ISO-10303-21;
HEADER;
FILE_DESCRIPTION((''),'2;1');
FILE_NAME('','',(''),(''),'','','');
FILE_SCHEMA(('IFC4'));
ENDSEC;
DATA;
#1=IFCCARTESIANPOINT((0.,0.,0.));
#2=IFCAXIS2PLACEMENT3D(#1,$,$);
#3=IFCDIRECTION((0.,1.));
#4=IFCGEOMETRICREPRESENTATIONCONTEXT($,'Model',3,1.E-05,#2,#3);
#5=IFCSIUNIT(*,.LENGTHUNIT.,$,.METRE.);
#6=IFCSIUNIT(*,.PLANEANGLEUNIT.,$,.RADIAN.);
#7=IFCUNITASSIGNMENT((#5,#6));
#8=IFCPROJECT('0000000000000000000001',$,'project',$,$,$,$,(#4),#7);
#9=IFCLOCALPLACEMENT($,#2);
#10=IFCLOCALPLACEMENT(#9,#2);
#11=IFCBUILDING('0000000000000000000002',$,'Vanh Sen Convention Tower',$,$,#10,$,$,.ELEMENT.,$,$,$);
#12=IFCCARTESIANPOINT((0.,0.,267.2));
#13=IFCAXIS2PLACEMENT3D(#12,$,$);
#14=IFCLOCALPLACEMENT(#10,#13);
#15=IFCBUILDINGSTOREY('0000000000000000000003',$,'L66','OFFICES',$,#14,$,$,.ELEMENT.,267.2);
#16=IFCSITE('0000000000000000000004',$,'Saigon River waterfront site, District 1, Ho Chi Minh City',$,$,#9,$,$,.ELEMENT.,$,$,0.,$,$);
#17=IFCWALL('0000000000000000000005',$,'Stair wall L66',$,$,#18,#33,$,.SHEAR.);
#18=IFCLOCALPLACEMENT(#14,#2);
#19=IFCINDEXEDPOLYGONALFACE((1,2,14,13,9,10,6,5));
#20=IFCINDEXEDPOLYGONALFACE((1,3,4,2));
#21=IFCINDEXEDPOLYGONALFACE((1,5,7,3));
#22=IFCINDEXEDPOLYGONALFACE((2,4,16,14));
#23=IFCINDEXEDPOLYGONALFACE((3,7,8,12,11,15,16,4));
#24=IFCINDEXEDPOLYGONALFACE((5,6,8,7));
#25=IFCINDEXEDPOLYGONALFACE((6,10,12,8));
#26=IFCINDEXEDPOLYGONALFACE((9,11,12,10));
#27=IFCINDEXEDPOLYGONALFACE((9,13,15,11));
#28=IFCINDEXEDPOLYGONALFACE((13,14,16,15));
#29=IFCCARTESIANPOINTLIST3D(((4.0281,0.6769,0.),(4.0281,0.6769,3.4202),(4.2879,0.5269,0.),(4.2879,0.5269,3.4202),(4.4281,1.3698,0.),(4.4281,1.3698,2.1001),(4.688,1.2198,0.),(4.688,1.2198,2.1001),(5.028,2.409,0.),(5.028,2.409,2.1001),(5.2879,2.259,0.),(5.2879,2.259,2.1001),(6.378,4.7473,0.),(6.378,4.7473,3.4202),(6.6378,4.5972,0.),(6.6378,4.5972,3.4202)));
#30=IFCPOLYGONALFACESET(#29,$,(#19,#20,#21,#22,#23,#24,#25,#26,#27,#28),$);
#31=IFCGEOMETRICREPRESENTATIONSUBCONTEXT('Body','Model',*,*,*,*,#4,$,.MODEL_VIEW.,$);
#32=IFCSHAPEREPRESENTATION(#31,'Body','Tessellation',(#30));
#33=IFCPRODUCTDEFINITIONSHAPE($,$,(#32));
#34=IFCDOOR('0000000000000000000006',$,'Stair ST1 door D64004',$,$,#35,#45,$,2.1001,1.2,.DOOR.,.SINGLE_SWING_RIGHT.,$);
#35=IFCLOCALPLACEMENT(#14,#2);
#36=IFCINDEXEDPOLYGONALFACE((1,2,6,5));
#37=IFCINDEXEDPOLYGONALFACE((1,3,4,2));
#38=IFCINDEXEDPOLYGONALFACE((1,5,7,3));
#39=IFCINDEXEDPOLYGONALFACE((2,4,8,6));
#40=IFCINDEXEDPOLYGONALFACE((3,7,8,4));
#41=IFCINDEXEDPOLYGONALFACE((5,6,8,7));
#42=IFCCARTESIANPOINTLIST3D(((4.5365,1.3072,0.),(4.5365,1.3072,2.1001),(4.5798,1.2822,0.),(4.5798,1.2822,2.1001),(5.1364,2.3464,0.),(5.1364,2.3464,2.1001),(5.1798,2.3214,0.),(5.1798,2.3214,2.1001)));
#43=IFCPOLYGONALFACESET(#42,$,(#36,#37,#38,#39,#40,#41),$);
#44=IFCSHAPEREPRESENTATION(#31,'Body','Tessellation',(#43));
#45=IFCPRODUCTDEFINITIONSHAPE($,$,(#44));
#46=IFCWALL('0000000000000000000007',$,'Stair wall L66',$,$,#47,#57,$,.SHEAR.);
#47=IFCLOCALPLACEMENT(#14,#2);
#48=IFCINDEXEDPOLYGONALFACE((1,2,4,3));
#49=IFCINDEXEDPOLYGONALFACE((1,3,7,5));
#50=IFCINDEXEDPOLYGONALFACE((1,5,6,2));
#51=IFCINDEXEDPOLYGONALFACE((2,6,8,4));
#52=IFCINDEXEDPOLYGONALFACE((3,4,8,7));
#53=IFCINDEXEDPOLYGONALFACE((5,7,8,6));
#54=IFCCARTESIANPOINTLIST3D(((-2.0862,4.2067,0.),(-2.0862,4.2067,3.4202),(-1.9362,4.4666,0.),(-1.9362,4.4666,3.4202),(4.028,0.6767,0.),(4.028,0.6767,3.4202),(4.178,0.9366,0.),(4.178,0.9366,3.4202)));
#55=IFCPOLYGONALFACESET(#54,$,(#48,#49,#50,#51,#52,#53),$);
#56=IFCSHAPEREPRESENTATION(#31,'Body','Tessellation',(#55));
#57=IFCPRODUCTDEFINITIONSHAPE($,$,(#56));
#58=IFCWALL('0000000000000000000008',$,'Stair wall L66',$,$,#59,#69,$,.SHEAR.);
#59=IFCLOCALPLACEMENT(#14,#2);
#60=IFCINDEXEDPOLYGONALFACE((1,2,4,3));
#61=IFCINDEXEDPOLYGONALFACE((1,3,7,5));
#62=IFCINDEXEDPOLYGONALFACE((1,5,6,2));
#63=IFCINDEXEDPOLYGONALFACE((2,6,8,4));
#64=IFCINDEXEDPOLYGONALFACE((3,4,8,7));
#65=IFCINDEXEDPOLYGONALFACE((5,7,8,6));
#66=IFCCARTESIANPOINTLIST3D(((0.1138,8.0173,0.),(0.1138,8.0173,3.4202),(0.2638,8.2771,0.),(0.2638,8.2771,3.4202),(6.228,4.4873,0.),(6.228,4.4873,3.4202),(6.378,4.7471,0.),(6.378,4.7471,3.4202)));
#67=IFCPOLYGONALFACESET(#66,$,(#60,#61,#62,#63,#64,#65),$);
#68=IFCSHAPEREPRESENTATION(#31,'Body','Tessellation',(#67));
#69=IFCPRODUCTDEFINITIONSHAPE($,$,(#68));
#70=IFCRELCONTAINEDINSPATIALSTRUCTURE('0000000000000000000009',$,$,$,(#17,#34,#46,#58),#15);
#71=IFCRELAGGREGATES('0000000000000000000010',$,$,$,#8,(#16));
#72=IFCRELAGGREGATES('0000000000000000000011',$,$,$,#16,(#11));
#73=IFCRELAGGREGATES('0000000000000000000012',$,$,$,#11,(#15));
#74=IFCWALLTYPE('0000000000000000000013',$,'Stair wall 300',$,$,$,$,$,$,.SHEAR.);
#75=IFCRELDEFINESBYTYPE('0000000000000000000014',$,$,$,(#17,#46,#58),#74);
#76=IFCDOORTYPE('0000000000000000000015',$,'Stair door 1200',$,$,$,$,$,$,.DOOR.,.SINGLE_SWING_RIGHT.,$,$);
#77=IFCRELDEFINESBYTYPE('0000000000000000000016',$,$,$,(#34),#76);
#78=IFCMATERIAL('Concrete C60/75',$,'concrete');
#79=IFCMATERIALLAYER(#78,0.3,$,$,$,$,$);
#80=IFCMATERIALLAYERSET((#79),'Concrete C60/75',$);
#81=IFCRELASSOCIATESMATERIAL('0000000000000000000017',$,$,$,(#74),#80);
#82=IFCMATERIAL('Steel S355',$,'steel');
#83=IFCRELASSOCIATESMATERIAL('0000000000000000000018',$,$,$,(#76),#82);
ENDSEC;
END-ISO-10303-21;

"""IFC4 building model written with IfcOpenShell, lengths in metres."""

from ifc_helpers import new_model, si_unit, direction, frame, frame_2d, origin, place, context, subcontext, project, spatial, rectangle, extrude, material, layer, layer_set, type_object, element, fill, save


model = new_model("IFC4")

# Units and contexts
model_context = context("Model", 3, precision=1e-05, world=origin(), true_north=direction((0.0, 1.0)))
body_context = subcontext(model_context, "Body", "Model", "MODEL_VIEW")
ifc_project = project(units=[si_unit("LENGTHUNIT", "METRE"), si_unit("PLANEANGLEUNIT", "RADIAN")], contexts=[model_context])

# Site, building, storey
site_placement = place(None, origin())
site = spatial("IfcSite", under=ifc_project, at=site_placement, Name="Saigon River waterfront site, District 1, Ho Chi Minh City", CompositionType="ELEMENT", RefElevation=0.0)
building_placement = place(site_placement, origin())
building = spatial("IfcBuilding", under=site, at=building_placement, Name="Vanh Sen Convention Tower", CompositionType="ELEMENT")
storey_placement = place(building_placement, frame((0.0, 0.0, 267.2)))
storey = spatial("IfcBuildingStorey", under=building, at=storey_placement, Name="L66", Description="OFFICES", CompositionType="ELEMENT", Elevation=267.2)

# Shared definitions
ifc_material_1 = material(Name="Concrete C60/75", Category="concrete")
ifc_material_2 = material(Name="Steel S355", Category="steel")

# Wall, opening, door
ifc_layer_1 = layer(ifc_material_1, 0.3)
ifc_layer_set_1 = layer_set([ifc_layer_1], Name="Concrete C60/75")
wall_type_1 = type_object("IfcWallType", Name="Stair wall 300", PredefinedType="SHEAR", material=ifc_layer_set_1)
wall_1_placement = place(storey_placement, frame((4.158, 0.6018, 0.0), z_axis=(0.0, 0.0, 1.0), x_axis=(0.499977, 0.866039, 0.0)))
wall_1 = element("IfcWall", 1, at=wall_1_placement, inside=storey, type_object=wall_type_1, Name="Stair wall L66", PredefinedType="SHEAR", context=body_context, shape_type="SweptSolid", body=[
    extrude(rectangle(XDim=4.7, YDim=0.3, at=frame_2d((2.3501, 0.0))), origin(), (0.0, 0.0, 1.0), 3.4202),
])
opening_1_placement = place(wall_1_placement, frame((0.8, 0.0, 0.0)))
opening_1 = element("IfcOpeningElement", 2, at=opening_1_placement, cuts=wall_1, PredefinedType="OPENING", context=body_context, shape_type="SweptSolid", body=[
    extrude(rectangle(XDim=1.2, YDim=2.1001, at=frame_2d((0.6001, 1.05))), frame((0.0, 0.1599, 0.0), z_axis=(0.0, -1.0, 0.0), x_axis=(1.0, 0.0, 0.0)), (0.0, 0.0, 1.0), 0.3201),
])
door_type_1 = type_object("IfcDoorType", Name="Stair door 1200", OperationType="SINGLE_SWING_RIGHT", PredefinedType="DOOR", material=ifc_material_2)
door_1_placement = place(opening_1_placement, origin())
door_1 = element("IfcDoor", 3, at=door_1_placement, inside=storey, type_object=door_type_1, Name="Stair ST1 door D64004", OperationType="SINGLE_SWING_RIGHT", OverallHeight=2.1001, OverallWidth=1.2, PredefinedType="DOOR", context=body_context, shape_type="SweptSolid", body=[
    extrude(rectangle(XDim=1.2, YDim=2.1001, at=frame_2d((0.6001, 1.05))), frame((0.0, 0.0249, 0.0), z_axis=(0.0, -1.0, 0.0), x_axis=(1.0, 0.0, 0.0)), (0.0, 0.0, 1.0), 0.05),
])
fill(opening_1, door_1)

# Walls
for number, where, z_axis, x_axis, name in (
    (4, (4.103, 0.8066, 0.0), (0.0, 0.0, 1.0), (-0.866028, 0.499996, 0.0), "Stair wall L66"),
    (5, (6.303, 4.6172, 0.0), (0.0, 0.0, 1.0), (-0.866028, 0.499996, 0.0), "Stair wall L66"),
):
    element("IfcWall", number, at=place(storey_placement, frame(where, z_axis=z_axis, x_axis=x_axis)), inside=storey, type_object=wall_type_1, Name=name, PredefinedType="SHEAR", context=body_context, shape_type="SweptSolid", body=[
        extrude(rectangle(XDim=7.0601, YDim=0.3, at=frame_2d((3.53, 0.0))), origin(), (0.0, 0.0, 1.0), 3.4202),
    ])

save(model, "model.ifc")
